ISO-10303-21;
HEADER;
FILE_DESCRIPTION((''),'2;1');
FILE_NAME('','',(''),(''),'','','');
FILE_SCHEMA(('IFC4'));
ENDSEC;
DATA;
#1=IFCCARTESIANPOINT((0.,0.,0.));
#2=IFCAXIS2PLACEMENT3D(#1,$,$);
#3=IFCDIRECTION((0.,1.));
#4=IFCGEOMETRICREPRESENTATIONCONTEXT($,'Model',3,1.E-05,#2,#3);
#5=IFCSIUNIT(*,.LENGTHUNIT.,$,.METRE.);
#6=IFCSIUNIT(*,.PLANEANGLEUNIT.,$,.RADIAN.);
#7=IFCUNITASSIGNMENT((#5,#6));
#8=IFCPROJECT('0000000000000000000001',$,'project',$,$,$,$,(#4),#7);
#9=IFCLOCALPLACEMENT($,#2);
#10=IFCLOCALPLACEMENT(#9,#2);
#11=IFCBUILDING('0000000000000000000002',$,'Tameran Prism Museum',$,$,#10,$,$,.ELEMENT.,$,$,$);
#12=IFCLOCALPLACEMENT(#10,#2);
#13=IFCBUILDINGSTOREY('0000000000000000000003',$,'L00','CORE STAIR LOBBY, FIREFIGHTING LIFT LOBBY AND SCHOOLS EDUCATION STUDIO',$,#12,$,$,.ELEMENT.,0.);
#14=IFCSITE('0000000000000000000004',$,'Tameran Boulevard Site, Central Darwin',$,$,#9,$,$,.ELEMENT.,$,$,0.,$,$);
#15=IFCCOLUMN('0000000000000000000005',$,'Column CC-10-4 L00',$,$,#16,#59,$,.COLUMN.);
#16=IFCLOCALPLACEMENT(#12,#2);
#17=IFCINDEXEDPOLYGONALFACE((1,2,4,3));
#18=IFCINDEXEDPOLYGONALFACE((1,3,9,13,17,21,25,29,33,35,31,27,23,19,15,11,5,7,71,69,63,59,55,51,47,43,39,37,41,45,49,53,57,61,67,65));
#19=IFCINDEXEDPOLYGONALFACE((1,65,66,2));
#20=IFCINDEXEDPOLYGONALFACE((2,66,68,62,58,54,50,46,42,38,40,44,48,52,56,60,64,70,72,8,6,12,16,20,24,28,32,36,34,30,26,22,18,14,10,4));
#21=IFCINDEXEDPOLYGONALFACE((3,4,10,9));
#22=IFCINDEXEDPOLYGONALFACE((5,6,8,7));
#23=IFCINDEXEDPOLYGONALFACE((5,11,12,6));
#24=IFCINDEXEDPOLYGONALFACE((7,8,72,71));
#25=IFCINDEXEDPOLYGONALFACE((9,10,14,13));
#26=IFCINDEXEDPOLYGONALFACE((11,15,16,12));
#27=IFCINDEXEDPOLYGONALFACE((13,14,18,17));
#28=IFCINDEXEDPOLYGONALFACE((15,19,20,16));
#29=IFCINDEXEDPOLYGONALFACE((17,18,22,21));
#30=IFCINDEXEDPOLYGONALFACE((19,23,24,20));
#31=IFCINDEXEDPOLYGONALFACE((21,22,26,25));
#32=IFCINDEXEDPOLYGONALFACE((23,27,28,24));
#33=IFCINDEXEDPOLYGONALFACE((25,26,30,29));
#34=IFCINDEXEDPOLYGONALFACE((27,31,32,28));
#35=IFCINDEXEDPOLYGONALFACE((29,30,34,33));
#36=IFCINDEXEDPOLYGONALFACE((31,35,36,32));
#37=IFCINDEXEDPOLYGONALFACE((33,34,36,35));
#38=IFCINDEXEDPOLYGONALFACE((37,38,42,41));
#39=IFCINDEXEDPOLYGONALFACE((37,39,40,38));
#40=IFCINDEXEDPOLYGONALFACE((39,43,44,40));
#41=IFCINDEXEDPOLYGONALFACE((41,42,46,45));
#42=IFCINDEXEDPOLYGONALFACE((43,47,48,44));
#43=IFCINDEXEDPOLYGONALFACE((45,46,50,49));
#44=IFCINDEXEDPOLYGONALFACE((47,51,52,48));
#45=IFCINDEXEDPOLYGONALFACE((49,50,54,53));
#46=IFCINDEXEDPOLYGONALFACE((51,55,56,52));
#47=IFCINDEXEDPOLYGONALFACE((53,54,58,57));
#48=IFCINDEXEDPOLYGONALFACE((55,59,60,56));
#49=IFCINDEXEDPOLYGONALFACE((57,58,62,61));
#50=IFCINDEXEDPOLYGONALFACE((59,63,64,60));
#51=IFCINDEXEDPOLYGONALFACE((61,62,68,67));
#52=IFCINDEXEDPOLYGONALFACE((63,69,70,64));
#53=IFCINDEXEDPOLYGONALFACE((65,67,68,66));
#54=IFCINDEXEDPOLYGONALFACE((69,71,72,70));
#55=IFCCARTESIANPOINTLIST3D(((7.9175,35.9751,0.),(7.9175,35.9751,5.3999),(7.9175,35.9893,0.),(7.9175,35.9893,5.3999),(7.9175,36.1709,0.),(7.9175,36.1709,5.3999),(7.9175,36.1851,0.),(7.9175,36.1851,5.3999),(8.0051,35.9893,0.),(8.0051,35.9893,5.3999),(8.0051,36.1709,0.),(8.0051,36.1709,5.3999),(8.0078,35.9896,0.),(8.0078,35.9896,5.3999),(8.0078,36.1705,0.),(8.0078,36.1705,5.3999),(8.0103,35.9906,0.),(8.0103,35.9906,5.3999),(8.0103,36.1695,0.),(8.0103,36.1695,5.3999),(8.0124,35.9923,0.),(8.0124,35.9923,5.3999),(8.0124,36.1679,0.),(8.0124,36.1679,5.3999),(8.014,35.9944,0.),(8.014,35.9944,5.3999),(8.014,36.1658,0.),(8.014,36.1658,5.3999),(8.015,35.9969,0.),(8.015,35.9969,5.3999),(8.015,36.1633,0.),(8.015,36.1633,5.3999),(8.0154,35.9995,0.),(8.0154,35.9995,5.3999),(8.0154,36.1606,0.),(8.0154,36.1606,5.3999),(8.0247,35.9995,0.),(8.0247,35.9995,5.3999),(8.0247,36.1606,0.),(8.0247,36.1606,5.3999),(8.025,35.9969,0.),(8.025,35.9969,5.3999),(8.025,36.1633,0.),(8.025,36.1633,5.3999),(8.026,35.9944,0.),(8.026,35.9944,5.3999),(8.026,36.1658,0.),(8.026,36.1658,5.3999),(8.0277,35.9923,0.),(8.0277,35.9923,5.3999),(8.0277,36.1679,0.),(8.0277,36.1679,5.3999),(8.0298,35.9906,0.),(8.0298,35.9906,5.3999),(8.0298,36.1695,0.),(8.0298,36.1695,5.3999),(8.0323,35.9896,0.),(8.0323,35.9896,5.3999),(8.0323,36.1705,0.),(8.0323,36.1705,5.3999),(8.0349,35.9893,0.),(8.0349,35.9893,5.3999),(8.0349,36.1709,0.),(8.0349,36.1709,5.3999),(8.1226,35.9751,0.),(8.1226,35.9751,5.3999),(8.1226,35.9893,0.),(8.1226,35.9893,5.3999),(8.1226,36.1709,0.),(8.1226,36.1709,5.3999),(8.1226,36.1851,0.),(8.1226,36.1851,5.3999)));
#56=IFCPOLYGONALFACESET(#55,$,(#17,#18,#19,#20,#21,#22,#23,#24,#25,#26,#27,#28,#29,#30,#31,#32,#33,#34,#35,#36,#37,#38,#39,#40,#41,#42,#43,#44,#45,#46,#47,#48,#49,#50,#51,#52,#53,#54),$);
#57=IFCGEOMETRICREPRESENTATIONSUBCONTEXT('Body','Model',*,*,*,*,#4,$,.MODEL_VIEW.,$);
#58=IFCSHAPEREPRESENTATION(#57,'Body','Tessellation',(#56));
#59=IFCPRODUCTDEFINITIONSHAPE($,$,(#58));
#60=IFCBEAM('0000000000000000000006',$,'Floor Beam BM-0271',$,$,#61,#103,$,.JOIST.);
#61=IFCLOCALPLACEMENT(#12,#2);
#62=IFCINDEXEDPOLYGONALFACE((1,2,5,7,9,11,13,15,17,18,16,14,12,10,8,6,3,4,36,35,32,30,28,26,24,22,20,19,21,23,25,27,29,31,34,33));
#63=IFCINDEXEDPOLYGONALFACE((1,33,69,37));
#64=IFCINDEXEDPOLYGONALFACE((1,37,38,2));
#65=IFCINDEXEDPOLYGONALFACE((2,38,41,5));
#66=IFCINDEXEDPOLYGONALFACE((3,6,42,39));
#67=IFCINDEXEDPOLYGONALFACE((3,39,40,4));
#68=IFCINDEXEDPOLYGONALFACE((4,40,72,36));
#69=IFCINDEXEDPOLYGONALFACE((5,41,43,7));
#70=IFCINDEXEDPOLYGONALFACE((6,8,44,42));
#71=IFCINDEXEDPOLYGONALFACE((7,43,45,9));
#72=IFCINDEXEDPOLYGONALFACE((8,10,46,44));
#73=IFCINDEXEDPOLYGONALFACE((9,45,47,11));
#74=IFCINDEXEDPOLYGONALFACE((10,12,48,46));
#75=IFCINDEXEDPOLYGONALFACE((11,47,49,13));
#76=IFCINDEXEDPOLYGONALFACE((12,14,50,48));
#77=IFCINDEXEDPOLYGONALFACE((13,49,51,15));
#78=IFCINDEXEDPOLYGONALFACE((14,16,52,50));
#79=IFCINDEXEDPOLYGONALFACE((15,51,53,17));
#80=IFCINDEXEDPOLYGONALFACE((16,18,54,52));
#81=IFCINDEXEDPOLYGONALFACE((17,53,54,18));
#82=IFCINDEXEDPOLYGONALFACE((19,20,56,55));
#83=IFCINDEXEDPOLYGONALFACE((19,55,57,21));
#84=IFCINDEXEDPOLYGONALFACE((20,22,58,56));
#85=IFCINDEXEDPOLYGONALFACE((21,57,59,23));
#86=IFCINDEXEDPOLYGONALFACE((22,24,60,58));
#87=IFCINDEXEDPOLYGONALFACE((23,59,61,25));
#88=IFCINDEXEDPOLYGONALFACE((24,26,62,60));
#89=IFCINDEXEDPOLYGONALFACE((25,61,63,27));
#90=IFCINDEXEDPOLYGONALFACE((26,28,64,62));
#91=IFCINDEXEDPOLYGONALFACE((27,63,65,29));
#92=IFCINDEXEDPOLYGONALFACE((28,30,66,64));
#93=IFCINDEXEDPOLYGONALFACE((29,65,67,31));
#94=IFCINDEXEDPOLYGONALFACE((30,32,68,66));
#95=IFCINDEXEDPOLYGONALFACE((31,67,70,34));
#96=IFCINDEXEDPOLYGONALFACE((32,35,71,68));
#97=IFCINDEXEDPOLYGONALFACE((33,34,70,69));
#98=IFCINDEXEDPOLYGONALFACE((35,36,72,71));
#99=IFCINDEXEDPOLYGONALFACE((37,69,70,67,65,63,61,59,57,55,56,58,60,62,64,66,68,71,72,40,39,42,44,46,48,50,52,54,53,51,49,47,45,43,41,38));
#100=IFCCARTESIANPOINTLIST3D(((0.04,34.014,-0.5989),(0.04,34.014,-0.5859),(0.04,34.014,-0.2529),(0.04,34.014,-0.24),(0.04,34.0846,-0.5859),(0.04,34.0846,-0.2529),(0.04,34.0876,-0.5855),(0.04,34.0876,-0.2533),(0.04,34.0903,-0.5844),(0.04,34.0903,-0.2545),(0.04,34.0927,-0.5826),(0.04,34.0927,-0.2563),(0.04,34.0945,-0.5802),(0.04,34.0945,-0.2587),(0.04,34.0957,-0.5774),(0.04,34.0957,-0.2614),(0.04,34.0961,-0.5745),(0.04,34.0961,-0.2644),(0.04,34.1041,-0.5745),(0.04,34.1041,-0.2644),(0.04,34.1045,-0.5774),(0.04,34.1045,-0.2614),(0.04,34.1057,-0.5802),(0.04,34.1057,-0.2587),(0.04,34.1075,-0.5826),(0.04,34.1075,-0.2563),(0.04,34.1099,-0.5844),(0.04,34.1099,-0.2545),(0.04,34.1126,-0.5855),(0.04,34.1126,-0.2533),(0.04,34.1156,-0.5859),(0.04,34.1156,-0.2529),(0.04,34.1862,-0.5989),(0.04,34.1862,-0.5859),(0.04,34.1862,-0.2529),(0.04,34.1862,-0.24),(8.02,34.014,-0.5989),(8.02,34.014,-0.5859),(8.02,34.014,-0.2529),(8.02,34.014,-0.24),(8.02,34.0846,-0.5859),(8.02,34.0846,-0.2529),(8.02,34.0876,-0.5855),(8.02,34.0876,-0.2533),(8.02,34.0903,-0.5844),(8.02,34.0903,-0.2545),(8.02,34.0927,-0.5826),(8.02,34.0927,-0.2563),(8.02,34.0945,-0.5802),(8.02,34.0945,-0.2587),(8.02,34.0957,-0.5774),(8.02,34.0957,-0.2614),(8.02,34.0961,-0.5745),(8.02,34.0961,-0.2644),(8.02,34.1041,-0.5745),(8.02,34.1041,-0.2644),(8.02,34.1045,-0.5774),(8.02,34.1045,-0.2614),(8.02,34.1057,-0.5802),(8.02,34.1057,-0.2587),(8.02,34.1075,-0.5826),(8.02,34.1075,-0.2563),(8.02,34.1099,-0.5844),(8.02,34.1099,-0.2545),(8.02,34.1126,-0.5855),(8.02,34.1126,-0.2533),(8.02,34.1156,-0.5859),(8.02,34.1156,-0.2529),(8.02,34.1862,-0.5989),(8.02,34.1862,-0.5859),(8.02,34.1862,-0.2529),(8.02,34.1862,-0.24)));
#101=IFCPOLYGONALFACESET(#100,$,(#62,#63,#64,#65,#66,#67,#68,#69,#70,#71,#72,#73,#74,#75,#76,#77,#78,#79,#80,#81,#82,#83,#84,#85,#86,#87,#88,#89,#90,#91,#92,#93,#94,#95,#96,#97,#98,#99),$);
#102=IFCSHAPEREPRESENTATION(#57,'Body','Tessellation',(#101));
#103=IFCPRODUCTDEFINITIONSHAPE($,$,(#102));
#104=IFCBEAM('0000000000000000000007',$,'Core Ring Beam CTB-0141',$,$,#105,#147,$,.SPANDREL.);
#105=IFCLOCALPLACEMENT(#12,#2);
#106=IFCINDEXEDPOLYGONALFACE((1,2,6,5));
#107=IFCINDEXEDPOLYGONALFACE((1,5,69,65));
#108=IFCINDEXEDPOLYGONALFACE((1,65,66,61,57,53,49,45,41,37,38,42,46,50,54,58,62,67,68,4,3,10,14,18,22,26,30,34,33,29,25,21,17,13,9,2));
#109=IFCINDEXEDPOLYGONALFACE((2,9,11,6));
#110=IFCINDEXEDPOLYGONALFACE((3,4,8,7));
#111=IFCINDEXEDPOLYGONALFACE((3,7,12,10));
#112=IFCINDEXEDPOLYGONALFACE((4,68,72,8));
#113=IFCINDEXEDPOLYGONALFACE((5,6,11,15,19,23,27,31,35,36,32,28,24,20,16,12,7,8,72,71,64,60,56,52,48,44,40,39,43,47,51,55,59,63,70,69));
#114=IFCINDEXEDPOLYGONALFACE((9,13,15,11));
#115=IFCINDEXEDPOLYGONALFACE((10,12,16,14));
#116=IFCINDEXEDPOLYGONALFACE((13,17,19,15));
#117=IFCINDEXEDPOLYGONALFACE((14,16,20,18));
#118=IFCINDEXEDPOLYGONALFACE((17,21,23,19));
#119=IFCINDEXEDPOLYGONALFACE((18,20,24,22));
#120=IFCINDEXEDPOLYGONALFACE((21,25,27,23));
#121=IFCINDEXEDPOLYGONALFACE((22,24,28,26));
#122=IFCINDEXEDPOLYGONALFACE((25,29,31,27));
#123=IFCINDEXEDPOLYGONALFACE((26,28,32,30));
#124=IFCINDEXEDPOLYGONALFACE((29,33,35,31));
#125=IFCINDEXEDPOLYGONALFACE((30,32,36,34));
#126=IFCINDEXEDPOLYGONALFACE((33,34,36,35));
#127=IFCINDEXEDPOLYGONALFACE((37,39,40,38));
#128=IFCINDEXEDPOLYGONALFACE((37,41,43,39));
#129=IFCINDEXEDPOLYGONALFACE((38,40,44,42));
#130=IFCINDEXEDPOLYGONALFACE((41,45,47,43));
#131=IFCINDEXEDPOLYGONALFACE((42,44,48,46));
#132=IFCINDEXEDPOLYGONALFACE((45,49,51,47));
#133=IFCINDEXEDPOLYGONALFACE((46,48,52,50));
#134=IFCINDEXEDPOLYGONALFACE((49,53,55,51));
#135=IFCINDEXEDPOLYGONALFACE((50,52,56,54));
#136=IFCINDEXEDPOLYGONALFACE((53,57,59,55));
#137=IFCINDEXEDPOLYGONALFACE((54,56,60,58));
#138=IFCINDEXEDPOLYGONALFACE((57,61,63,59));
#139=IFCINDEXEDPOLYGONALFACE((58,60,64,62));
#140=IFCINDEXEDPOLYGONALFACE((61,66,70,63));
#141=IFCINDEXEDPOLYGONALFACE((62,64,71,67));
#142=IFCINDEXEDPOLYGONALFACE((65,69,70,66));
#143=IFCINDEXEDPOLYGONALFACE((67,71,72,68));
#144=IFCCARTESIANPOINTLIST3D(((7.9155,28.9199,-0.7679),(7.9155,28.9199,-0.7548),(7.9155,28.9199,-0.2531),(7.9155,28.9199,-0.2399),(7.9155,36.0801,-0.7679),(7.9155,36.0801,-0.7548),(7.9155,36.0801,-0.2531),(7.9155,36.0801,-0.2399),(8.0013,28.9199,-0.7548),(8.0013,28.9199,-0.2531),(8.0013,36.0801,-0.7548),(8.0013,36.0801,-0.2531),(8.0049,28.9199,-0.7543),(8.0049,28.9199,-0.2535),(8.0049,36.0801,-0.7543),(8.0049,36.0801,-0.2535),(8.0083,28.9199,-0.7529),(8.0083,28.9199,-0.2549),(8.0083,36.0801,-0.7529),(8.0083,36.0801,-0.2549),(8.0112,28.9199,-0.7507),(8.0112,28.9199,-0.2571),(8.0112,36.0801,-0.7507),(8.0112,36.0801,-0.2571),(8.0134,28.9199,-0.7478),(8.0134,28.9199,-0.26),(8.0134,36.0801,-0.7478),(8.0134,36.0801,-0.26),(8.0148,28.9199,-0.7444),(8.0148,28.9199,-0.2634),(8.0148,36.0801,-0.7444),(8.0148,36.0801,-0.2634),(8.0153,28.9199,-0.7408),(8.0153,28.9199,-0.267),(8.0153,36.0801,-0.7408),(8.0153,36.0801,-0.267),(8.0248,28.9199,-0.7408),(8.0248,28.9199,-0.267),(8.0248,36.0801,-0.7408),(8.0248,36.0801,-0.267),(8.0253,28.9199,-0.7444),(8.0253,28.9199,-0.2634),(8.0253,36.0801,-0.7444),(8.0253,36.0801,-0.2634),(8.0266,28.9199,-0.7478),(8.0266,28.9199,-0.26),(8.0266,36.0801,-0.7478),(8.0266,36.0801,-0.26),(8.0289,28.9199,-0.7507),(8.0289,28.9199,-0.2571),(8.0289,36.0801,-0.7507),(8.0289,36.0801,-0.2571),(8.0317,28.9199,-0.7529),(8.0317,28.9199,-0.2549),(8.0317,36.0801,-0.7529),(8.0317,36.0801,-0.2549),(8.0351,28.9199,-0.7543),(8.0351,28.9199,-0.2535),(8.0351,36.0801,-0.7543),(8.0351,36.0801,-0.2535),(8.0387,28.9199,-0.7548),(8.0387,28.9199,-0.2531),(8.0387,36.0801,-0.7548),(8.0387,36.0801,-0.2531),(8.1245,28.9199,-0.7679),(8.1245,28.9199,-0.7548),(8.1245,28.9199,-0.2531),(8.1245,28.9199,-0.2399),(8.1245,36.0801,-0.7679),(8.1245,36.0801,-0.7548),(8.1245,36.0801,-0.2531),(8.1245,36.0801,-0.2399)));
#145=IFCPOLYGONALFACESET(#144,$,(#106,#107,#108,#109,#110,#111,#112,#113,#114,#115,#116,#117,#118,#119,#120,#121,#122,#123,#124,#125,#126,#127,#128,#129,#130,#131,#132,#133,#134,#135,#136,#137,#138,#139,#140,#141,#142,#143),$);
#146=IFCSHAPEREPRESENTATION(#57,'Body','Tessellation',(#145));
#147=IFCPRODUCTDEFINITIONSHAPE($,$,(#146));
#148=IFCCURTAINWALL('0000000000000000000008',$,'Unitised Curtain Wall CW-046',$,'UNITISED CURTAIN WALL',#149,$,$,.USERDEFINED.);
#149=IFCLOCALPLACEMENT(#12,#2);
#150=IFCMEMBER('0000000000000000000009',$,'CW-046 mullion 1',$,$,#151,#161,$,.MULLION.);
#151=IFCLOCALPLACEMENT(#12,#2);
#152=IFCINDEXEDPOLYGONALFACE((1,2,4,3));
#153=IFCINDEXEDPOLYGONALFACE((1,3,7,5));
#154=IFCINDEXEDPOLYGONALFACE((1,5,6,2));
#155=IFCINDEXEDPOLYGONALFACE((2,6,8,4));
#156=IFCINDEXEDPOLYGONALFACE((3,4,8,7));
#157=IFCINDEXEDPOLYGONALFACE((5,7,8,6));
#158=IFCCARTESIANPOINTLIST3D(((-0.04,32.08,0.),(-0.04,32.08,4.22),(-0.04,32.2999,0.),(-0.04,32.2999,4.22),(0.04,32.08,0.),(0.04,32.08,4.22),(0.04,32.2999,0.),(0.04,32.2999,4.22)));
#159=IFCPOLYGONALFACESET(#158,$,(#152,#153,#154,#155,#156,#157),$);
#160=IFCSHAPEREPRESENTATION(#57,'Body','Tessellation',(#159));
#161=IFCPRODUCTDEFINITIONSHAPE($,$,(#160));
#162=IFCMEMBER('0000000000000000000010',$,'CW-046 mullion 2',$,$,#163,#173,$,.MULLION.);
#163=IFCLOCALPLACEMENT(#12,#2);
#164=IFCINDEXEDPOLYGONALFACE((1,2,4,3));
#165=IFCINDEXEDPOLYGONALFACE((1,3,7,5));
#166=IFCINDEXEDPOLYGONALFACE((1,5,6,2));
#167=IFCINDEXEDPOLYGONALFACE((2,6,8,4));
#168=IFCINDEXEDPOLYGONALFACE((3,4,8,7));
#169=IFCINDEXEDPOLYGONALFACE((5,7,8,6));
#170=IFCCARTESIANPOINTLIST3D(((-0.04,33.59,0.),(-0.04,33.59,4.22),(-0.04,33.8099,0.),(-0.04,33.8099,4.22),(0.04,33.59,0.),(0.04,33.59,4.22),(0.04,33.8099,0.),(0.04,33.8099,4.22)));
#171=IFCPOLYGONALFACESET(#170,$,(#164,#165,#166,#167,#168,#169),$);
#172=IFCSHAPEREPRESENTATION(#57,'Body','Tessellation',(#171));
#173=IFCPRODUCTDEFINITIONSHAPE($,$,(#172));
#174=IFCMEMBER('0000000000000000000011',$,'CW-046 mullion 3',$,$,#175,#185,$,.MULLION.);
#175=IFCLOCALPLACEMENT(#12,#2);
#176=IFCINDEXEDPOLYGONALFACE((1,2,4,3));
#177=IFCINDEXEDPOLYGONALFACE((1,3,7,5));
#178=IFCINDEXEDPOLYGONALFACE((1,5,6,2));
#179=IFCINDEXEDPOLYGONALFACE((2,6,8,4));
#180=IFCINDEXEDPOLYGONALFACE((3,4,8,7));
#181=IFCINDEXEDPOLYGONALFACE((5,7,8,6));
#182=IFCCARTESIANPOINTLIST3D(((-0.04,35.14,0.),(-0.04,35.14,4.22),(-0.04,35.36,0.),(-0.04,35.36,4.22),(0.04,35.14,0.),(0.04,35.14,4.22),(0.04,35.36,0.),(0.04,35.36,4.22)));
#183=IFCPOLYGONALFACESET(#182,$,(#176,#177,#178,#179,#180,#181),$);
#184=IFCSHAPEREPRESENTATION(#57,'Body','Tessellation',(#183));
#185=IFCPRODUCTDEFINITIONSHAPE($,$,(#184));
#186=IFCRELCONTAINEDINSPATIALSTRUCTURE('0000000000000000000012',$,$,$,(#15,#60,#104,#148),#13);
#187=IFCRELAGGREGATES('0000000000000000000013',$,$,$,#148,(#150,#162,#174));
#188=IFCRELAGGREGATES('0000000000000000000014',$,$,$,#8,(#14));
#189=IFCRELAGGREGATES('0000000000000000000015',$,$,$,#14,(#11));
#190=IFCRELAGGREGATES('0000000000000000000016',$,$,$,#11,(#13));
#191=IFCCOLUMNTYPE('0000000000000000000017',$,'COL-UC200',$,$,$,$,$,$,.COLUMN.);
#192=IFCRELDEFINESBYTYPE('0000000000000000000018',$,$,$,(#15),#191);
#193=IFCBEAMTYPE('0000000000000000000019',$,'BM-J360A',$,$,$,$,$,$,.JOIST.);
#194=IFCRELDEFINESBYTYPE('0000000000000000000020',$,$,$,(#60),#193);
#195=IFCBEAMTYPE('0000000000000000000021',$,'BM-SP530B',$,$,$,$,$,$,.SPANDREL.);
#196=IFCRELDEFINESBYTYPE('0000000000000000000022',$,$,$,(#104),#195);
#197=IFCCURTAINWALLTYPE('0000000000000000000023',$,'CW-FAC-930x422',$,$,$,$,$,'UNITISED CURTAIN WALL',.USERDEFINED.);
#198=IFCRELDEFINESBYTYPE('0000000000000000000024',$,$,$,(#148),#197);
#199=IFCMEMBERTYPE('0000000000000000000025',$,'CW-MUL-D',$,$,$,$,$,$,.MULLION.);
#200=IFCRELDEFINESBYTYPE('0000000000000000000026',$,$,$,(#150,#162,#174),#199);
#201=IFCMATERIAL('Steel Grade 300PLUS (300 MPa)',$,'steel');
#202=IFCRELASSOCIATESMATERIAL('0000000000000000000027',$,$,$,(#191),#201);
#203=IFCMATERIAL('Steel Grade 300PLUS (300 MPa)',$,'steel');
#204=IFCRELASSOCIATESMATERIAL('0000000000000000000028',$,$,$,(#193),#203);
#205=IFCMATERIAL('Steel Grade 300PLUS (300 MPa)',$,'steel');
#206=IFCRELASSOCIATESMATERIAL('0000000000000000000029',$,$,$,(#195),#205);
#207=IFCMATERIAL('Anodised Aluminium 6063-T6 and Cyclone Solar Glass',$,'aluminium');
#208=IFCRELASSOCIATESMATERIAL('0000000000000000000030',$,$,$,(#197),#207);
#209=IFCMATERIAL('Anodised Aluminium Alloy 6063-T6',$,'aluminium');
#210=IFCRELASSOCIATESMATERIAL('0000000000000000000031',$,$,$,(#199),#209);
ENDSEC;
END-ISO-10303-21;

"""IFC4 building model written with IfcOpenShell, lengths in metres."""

from ifc_helpers import new_model, si_unit, direction, frame, origin, origin_2d, place, context, subcontext, project, spatial, rectangle, i_section, extrude, material, material_profile, profile_set, type_object, element, aggregate, save


model = new_model("IFC4")

# Units and contexts
model_context = context("Model", 3, precision=1e-05, world=origin(), true_north=direction((0.0, 1.0)))
body_context = subcontext(model_context, "Body", "Model", "MODEL_VIEW")
ifc_project = project(units=[si_unit("LENGTHUNIT", "METRE"), si_unit("PLANEANGLEUNIT", "RADIAN")], contexts=[model_context])

# Site, building, storey
site_placement = place(None, origin())
site = spatial("IfcSite", under=ifc_project, at=site_placement, Name="Tameran Boulevard Site, Central Darwin", CompositionType="ELEMENT", RefElevation=0.0)
building_placement = place(site_placement, origin())
building = spatial("IfcBuilding", under=site, at=building_placement, Name="Tameran Prism Museum", CompositionType="ELEMENT")
storey_placement = place(building_placement, origin())
storey = spatial("IfcBuildingStorey", under=building, at=storey_placement, Name="L00", Description="CORE STAIR LOBBY, FIREFIGHTING LIFT LOBBY AND SCHOOLS EDUCATION STUDIO", CompositionType="ELEMENT", Elevation=0.0)

# Column
ifc_material_1 = material(Name="Steel Grade 300PLUS (300 MPa)", Category="steel")
ifc_material_profile_1 = material_profile(ifc_material_1, i_section(OverallWidth=0.2051, OverallDepth=0.21, WebThickness=0.0093, FlangeThickness=0.0142, FilletRadius=0.0103, at=origin_2d()))
ifc_profile_set_1 = profile_set([ifc_material_profile_1])
column_type = type_object("IfcColumnType", Name="COL-UC200", PredefinedType="COLUMN", material=ifc_profile_set_1)
column_placement = place(storey_placement, frame((8.02, 36.0801, 0.0), z_axis=(0.0, 0.0, 1.0), x_axis=(1.0, 0.0, 0.0)))
element("IfcColumn", 1, at=column_placement, inside=storey, type_object=column_type, Name="Column CC-10-4 L00", PredefinedType="COLUMN", context=body_context, shape_type="SweptSolid", body=[
    extrude(i_section(OverallWidth=0.2051, OverallDepth=0.21, WebThickness=0.0093, FlangeThickness=0.0142, FilletRadius=0.0103, at=origin_2d()), origin(), (0.0, 0.0, 1.0), 5.3999),
])

# Beams
ifc_material_2 = material(Name="Steel Grade 300PLUS (300 MPa)", Category="steel")
ifc_material_profile_2 = material_profile(ifc_material_2, i_section(OverallWidth=0.1721, OverallDepth=0.3589, WebThickness=0.0081, FlangeThickness=0.0129, FilletRadius=0.0115, at=origin_2d()))
ifc_profile_set_2 = profile_set([ifc_material_profile_2])
beam_type_1 = type_object("IfcBeamType", Name="BM-J360A", PredefinedType="JOIST", material=ifc_profile_set_2)
beam_1_placement = place(storey_placement, frame((0.04, 34.1001, -0.4194), z_axis=(1.0, 0.0, 0.0), x_axis=(0.0, 1.0, 0.0)))
element("IfcBeam", 2, at=beam_1_placement, inside=storey, type_object=beam_type_1, Name="Floor Beam BM-0271", PredefinedType="JOIST", context=body_context, shape_type="SweptSolid", body=[
    extrude(i_section(OverallWidth=0.1721, OverallDepth=0.3589, WebThickness=0.0081, FlangeThickness=0.0129, FilletRadius=0.0115, at=origin_2d()), origin(), (0.0, 0.0, 1.0), 7.98),
])
ifc_material_3 = material(Name="Steel Grade 300PLUS (300 MPa)", Category="steel")
ifc_material_profile_3 = material_profile(ifc_material_3, i_section(OverallWidth=0.209, OverallDepth=0.5281, WebThickness=0.0095, FlangeThickness=0.0132, FilletRadius=0.0139, at=origin_2d()))
ifc_profile_set_3 = profile_set([ifc_material_profile_3])
beam_type_2 = type_object("IfcBeamType", Name="BM-SP530B", PredefinedType="SPANDREL", material=ifc_profile_set_3)
beam_2_placement = place(storey_placement, frame((8.02, 36.0801, -0.5039), z_axis=(0.0, -1.0, 0.0), x_axis=(1.0, 0.0, 0.0)))
element("IfcBeam", 3, at=beam_2_placement, inside=storey, type_object=beam_type_2, Name="Core Ring Beam CTB-0141", PredefinedType="SPANDREL", context=body_context, shape_type="SweptSolid", body=[
    extrude(i_section(OverallWidth=0.209, OverallDepth=0.5281, WebThickness=0.0095, FlangeThickness=0.0132, FilletRadius=0.0139, at=origin_2d()), origin(), (0.0, 0.0, 1.0), 7.1602),
])

# Curtain wall, members
ifc_material_4 = material(Name="Anodised Aluminium 6063-T6 and Cyclone Solar Glass", Category="aluminium")
curtain_wall_type = type_object("IfcCurtainWallType", Name="CW-FAC-930x422", ElementType="UNITISED CURTAIN WALL", PredefinedType="USERDEFINED", material=ifc_material_4)
curtain_wall_placement = place(storey_placement, origin())
curtain_wall = element("IfcCurtainWall", 4, at=curtain_wall_placement, inside=storey, type_object=curtain_wall_type, Name="Unitised Curtain Wall CW-046", ObjectType="UNITISED CURTAIN WALL", PredefinedType="USERDEFINED")
ifc_material_5 = material(Name="Anodised Aluminium Alloy 6063-T6", Category="aluminium")
ifc_material_profile_4 = material_profile(ifc_material_5, rectangle(XDim=0.0801, YDim=0.22, at=origin_2d()))
ifc_profile_set_4 = profile_set([ifc_material_profile_4])
member_type_1 = type_object("IfcMemberType", Name="CW-MUL-D", PredefinedType="MULLION", material=ifc_profile_set_4)
member_1_placement = place(storey_placement, frame((0.0, 32.1899, 0.0), z_axis=(0.0, 0.0, 1.0), x_axis=(-1.0, 0.0, 0.0)))
member_1 = element("IfcMember", 5, at=member_1_placement, type_object=member_type_1, Name="CW-046 mullion 1", PredefinedType="MULLION", context=body_context, shape_type="SweptSolid", body=[
    extrude(rectangle(XDim=0.0801, YDim=0.22, at=origin_2d()), origin(), (0.0, 0.0, 1.0), 4.22),
])
member_2_placement = place(storey_placement, frame((0.0, 33.7, 0.0), z_axis=(0.0, 0.0, 1.0), x_axis=(-1.0, 0.0, 0.0)))
member_2 = element("IfcMember", 6, at=member_2_placement, type_object=member_type_1, Name="CW-046 mullion 2", PredefinedType="MULLION", context=body_context, shape_type="SweptSolid", body=[
    extrude(rectangle(XDim=0.0801, YDim=0.22, at=origin_2d()), origin(), (0.0, 0.0, 1.0), 4.22),
])
member_3_placement = place(storey_placement, frame((0.0, 35.25, 0.0), z_axis=(0.0, 0.0, 1.0), x_axis=(-1.0, 0.0, 0.0)))
member_3 = element("IfcMember", 7, at=member_3_placement, type_object=member_type_1, Name="CW-046 mullion 3", PredefinedType="MULLION", context=body_context, shape_type="SweptSolid", body=[
    extrude(rectangle(XDim=0.0801, YDim=0.22, at=origin_2d()), origin(), (0.0, 0.0, 1.0), 4.22),
])
aggregate(curtain_wall, [member_1, member_2, member_3])

save(model, "model.ifc")
